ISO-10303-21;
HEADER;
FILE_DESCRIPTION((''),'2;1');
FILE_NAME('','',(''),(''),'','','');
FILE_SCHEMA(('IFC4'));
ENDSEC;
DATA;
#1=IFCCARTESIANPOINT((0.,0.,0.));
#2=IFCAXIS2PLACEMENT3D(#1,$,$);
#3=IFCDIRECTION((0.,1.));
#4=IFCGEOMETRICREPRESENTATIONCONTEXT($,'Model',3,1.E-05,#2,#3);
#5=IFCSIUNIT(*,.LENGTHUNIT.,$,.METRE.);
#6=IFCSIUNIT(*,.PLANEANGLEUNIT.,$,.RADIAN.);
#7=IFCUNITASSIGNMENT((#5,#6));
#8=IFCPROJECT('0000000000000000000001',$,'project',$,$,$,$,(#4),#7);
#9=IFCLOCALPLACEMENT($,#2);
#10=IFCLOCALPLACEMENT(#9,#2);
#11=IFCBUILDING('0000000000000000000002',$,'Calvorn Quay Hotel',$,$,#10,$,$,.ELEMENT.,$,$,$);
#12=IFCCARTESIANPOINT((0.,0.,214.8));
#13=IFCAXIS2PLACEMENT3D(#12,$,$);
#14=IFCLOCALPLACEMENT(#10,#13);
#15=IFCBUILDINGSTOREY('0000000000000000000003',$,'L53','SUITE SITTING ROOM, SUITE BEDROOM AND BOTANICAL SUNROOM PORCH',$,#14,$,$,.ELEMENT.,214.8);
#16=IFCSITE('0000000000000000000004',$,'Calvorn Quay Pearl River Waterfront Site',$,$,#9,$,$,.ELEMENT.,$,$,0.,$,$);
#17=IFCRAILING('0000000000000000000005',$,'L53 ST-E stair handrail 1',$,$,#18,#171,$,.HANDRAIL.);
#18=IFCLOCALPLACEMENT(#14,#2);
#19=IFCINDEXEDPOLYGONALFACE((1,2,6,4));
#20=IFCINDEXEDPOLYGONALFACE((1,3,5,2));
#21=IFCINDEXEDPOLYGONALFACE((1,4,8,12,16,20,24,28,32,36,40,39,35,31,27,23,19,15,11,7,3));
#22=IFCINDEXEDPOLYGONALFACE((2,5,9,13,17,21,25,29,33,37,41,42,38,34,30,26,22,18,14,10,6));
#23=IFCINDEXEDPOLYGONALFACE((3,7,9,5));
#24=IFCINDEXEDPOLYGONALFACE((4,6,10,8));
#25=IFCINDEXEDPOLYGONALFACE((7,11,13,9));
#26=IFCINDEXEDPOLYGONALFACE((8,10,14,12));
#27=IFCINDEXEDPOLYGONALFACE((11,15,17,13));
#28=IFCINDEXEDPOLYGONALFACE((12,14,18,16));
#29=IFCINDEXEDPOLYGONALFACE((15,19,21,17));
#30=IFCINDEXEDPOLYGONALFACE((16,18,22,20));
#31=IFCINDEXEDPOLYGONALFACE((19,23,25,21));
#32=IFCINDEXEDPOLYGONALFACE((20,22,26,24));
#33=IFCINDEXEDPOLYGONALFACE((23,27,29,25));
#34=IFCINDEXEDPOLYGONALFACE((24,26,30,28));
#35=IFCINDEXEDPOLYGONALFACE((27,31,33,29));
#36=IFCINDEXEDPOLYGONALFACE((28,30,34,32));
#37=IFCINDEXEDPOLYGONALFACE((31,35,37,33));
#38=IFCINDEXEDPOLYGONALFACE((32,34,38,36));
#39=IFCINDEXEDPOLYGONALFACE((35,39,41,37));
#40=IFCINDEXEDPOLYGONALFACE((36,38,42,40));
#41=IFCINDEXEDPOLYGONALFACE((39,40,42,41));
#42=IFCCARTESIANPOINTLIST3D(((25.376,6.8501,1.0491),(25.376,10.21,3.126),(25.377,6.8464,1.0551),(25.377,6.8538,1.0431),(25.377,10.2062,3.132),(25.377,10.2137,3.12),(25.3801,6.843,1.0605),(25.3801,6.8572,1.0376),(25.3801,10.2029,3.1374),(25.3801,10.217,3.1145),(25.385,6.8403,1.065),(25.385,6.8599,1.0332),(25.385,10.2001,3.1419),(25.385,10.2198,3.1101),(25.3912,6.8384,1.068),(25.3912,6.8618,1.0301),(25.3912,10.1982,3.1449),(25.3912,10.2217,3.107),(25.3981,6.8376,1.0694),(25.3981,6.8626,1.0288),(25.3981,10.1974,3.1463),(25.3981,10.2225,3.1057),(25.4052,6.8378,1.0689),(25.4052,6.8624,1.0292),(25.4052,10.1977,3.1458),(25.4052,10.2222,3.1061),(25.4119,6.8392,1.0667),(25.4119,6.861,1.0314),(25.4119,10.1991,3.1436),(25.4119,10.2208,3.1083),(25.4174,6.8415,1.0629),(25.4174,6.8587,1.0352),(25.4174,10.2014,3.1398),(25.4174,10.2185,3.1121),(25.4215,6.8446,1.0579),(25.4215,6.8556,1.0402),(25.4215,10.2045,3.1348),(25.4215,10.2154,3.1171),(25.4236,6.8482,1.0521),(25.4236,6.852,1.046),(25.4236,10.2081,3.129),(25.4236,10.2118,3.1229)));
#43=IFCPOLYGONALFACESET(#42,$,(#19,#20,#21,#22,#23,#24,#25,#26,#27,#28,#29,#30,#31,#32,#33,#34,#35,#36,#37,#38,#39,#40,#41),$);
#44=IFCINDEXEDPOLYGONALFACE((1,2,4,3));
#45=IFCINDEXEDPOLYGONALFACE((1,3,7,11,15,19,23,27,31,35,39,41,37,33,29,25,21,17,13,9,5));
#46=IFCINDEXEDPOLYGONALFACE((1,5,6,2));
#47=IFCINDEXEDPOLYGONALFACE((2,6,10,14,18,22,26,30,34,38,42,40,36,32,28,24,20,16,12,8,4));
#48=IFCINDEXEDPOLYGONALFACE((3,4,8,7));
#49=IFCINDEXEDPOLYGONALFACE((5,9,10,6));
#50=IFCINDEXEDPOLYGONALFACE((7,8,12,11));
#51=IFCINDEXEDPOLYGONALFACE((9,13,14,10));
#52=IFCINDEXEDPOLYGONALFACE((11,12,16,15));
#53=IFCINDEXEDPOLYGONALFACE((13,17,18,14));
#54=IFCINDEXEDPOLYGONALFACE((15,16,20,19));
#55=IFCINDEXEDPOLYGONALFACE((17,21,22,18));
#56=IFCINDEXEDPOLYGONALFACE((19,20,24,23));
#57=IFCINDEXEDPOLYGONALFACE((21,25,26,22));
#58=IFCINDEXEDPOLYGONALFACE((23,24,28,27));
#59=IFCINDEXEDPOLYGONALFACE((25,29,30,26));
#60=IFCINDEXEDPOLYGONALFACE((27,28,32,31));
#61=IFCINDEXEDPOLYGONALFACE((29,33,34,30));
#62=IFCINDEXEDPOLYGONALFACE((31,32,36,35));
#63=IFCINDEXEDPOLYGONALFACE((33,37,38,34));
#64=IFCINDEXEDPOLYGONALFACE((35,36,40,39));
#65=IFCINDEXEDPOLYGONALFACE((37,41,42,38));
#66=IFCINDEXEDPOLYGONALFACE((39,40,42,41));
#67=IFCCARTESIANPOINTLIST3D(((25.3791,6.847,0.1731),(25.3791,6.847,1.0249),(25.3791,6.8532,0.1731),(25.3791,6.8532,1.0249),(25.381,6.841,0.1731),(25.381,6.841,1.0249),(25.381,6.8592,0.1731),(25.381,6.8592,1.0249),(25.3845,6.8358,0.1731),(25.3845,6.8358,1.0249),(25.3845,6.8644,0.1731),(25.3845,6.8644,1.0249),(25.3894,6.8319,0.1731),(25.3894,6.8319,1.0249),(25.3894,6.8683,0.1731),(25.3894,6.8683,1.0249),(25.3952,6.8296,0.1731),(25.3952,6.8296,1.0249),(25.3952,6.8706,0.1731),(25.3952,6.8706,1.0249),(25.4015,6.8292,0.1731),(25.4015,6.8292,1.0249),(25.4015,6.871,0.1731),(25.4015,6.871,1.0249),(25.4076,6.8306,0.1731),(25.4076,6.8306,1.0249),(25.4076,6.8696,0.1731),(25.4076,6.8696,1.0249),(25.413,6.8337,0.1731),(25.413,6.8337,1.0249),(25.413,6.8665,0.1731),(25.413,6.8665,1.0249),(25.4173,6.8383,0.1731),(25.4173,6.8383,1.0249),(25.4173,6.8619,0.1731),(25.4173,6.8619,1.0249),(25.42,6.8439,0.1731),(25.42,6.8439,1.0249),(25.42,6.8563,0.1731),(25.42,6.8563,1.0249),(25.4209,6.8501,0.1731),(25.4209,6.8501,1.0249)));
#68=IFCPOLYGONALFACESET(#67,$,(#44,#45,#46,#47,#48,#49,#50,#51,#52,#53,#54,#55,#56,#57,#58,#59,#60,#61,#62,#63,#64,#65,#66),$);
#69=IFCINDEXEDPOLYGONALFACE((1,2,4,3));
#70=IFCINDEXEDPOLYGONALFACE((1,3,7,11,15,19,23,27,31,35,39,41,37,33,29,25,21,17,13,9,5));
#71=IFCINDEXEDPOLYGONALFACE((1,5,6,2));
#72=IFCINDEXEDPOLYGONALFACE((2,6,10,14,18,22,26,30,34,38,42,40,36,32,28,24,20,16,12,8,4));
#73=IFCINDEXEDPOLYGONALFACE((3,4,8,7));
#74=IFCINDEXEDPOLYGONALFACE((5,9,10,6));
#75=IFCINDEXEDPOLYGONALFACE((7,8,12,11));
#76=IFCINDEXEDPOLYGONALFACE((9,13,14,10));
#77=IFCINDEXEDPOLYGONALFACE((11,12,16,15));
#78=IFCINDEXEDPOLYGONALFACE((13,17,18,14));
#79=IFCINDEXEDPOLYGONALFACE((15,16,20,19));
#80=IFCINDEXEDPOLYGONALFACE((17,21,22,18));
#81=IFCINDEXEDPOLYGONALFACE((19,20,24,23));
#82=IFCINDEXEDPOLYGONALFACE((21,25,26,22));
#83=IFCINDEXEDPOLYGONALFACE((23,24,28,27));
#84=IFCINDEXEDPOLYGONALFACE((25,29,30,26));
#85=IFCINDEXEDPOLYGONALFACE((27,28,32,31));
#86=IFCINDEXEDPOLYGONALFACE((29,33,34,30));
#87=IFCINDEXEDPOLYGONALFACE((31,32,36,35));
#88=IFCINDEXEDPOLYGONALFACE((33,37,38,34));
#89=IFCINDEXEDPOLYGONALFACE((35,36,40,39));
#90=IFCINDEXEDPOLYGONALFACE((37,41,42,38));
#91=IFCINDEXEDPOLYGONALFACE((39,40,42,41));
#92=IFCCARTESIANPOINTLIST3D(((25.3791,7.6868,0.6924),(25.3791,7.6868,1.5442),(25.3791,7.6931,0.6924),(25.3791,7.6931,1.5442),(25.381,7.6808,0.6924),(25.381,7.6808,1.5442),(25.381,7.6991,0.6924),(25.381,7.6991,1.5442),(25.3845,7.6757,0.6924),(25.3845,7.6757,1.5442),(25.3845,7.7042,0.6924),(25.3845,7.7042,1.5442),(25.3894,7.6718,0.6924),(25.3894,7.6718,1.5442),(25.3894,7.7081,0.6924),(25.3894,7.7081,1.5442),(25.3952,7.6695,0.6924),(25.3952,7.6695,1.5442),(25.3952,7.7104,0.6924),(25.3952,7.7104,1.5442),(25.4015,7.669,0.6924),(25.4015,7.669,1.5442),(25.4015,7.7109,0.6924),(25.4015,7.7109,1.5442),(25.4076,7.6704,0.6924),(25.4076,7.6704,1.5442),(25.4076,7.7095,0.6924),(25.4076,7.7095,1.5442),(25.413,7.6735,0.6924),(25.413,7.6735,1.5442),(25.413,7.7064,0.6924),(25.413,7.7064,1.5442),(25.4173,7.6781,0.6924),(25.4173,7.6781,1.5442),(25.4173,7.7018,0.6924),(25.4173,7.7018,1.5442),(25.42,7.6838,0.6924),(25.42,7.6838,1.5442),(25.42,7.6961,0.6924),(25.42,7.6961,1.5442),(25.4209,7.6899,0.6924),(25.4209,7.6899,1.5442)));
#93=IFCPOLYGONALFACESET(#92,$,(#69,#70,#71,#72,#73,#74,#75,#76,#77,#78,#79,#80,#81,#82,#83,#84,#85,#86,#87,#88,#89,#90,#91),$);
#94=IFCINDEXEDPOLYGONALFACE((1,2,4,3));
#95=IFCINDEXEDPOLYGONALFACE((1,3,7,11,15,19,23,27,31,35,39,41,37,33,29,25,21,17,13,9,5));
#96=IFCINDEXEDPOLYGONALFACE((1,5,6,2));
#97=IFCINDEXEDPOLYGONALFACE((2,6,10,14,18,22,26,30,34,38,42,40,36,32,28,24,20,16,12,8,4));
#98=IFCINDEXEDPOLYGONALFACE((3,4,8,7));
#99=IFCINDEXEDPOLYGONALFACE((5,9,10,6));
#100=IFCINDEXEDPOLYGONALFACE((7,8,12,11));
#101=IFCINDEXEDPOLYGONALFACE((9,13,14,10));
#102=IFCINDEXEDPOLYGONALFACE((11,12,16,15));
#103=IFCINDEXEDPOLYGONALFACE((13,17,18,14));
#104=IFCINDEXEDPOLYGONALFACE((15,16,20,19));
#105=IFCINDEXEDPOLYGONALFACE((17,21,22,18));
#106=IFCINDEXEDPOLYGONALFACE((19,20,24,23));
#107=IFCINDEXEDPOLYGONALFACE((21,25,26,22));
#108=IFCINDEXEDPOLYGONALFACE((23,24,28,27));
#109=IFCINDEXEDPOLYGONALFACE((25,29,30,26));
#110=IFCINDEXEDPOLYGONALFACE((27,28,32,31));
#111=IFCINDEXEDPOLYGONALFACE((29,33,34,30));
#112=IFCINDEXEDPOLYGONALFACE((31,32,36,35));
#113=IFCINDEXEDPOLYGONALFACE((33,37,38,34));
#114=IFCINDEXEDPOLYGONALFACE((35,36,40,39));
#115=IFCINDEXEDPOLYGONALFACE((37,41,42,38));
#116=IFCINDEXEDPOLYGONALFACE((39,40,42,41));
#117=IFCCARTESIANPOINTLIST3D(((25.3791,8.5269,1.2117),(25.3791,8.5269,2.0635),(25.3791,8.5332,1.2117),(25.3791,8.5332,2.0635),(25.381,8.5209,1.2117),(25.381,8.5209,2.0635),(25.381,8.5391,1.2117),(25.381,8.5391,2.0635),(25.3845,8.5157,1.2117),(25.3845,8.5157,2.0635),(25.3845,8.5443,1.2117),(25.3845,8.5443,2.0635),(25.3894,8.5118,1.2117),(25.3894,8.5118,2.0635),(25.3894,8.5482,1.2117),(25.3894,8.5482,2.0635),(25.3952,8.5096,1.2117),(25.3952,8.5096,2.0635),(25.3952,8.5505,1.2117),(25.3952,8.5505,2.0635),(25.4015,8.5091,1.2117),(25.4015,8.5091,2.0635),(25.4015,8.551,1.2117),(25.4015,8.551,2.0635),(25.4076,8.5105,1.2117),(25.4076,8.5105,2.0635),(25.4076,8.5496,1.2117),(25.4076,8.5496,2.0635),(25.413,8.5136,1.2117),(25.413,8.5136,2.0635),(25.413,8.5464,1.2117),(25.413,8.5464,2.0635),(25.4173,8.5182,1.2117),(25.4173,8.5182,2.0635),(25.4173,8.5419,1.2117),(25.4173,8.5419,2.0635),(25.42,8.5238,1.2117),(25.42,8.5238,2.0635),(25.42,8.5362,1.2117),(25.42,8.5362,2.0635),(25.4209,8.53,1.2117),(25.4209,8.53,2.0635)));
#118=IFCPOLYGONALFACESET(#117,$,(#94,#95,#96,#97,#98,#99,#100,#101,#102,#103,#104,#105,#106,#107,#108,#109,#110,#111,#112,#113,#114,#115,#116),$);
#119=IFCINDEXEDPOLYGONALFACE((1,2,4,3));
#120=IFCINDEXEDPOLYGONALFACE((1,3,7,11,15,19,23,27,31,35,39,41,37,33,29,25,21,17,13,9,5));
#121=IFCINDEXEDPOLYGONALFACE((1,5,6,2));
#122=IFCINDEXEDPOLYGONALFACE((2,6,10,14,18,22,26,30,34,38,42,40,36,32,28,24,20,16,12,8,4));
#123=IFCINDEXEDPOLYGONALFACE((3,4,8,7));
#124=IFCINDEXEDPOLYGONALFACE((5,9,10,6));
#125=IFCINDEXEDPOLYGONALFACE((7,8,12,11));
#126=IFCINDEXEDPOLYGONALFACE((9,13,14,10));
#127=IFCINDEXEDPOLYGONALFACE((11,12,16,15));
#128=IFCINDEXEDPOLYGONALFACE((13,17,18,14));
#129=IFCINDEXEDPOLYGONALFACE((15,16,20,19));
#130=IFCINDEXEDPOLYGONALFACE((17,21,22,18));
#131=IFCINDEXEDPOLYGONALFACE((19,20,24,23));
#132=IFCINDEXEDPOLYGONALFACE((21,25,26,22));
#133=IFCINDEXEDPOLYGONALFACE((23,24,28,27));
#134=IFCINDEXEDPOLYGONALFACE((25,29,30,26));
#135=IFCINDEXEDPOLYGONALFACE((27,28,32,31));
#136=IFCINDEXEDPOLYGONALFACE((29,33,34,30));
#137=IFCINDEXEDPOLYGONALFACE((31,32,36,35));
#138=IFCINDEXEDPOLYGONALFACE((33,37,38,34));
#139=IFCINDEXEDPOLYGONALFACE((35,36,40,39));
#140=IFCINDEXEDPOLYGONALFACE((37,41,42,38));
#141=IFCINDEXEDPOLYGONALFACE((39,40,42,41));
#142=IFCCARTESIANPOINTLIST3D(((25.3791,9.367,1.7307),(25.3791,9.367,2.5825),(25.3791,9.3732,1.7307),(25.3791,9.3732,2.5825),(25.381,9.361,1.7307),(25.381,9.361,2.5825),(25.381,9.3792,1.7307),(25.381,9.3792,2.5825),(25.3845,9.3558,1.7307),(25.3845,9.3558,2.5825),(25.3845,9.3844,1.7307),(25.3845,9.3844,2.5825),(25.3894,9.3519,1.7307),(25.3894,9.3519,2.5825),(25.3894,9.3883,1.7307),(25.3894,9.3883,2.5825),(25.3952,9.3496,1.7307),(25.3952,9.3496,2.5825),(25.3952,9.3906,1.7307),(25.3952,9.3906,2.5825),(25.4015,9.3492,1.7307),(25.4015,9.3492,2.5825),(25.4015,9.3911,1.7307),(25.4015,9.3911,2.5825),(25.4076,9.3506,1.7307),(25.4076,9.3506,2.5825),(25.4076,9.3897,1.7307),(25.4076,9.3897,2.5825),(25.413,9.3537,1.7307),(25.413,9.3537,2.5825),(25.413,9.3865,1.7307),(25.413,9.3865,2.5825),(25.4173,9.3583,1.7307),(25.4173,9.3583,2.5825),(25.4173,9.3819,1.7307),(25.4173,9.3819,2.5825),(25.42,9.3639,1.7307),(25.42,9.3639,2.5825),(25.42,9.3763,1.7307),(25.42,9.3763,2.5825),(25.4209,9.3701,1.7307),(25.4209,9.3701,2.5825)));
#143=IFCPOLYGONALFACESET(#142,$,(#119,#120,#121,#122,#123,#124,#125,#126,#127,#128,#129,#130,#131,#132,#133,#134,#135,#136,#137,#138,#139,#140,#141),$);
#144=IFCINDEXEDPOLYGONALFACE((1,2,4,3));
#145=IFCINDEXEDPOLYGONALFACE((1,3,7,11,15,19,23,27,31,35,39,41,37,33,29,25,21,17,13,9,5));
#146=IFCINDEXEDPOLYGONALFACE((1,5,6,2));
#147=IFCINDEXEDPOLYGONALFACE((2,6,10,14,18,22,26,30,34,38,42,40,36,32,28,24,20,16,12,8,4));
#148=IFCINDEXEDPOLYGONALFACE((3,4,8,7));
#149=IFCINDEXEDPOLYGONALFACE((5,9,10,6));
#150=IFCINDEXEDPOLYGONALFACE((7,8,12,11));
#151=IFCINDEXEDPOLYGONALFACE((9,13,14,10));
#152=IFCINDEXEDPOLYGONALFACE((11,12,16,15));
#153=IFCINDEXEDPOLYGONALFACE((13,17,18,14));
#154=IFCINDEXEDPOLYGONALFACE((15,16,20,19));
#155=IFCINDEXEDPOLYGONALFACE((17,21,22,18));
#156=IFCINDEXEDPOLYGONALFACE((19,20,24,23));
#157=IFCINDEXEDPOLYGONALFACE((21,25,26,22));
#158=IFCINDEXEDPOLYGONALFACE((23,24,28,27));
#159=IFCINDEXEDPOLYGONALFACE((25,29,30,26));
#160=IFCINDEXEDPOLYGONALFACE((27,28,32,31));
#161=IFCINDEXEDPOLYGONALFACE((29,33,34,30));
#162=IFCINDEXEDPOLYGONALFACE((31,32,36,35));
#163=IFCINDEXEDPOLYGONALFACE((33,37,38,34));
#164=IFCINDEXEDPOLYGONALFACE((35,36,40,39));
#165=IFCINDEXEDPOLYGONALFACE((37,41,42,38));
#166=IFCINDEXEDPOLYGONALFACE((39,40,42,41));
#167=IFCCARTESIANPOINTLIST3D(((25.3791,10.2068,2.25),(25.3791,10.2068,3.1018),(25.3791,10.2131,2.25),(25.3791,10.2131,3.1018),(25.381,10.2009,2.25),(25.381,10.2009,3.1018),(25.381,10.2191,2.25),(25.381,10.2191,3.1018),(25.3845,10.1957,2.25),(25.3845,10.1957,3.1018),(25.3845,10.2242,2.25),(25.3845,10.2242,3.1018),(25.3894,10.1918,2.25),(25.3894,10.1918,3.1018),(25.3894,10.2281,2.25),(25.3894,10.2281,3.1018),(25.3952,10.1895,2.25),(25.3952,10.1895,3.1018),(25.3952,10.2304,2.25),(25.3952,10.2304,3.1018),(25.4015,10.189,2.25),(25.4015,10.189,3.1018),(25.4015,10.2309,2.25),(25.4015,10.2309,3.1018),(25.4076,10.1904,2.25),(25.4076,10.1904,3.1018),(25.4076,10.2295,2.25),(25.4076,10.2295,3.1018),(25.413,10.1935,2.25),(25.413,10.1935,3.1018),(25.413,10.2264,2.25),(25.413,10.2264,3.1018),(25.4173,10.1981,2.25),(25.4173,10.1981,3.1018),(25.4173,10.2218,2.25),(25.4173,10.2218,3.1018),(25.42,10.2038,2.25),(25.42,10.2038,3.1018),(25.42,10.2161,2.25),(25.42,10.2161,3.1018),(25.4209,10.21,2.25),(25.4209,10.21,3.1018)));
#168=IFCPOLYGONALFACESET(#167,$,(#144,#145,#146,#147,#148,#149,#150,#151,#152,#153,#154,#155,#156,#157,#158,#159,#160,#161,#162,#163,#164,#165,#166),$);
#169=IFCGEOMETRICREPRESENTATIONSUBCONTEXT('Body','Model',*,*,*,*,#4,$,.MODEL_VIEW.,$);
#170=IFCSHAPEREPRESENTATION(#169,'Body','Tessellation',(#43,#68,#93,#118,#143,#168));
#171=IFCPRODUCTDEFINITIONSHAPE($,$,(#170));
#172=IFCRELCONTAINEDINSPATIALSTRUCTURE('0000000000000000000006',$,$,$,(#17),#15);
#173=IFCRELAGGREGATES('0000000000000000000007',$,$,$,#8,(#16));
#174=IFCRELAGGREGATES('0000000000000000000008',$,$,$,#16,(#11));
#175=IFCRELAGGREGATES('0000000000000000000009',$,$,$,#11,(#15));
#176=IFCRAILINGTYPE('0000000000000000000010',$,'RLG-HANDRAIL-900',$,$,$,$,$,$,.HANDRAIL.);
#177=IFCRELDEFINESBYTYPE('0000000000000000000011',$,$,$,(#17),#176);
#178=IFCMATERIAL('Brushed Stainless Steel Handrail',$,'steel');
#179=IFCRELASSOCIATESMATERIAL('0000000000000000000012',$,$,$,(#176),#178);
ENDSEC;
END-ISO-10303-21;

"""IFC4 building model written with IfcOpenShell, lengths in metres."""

from ifc_helpers import new_model, si_unit, direction, frame, origin, origin_2d, place, context, subcontext, project, spatial, circle, extrude, material, type_object, element, save


model = new_model("IFC4")

# Units and contexts
model_context = context("Model", 3, precision=1e-05, world=origin(), true_north=direction((0.0, 1.0)))
body_context = subcontext(model_context, "Body", "Model", "MODEL_VIEW")
ifc_project = project(units=[si_unit("LENGTHUNIT", "METRE"), si_unit("PLANEANGLEUNIT", "RADIAN")], contexts=[model_context])

# Site, building, storey
site_placement = place(None, origin())
site = spatial("IfcSite", under=ifc_project, at=site_placement, Name="Calvorn Quay Pearl River Waterfront Site", CompositionType="ELEMENT", RefElevation=0.0)
building_placement = place(site_placement, origin())
building = spatial("IfcBuilding", under=site, at=building_placement, Name="Calvorn Quay Hotel", CompositionType="ELEMENT")
storey_placement = place(building_placement, frame((0.0, 0.0, 214.8)))
storey = spatial("IfcBuildingStorey", under=building, at=storey_placement, Name="L53", Description="SUITE SITTING ROOM, SUITE BEDROOM AND BOTANICAL SUNROOM PORCH", CompositionType="ELEMENT", Elevation=214.8)

# Railing
ifc_material_1 = material(Name="Brushed Stainless Steel Handrail", Category="steel")
railing_type_1 = type_object("IfcRailingType", Name="RLG-HANDRAIL-900", PredefinedType="HANDRAIL", material=ifc_material_1)
railing_1_placement = place(storey_placement, frame((25.3999, 6.8501, 0.1731)))
element("IfcRailing", 1, at=railing_1_placement, inside=storey, type_object=railing_type_1, Name="L53 ST-E stair handrail 1", PredefinedType="HANDRAIL", context=body_context, shape_type="SweptSolid", body=[
    extrude(circle(Radius=0.0239, at=origin_2d()), frame((0.0, 0.0, 0.876), z_axis=(0.0, 0.850606, 0.525803), x_axis=(-1.0, 0.0, 0.0)), (0.0, 0.0, 1.0), 3.95),
    extrude(circle(Radius=0.021, at=origin_2d()), origin(), (0.0, 0.0, 1.0), 0.8518),
    extrude(circle(Radius=0.021, at=origin_2d()), frame((0.0, 0.8398, 0.5193)), (0.0, 0.0, 1.0), 0.8518),
    extrude(circle(Radius=0.021, at=origin_2d()), frame((0.0, 1.6799, 1.0386)), (0.0, 0.0, 1.0), 0.8518),
    extrude(circle(Radius=0.021, at=origin_2d()), frame((0.0, 2.52, 1.5576)), (0.0, 0.0, 1.0), 0.8518),
    extrude(circle(Radius=0.021, at=origin_2d()), frame((0.0, 3.3599, 2.0769)), (0.0, 0.0, 1.0), 0.8518),
])

save(model, "model.ifc")
